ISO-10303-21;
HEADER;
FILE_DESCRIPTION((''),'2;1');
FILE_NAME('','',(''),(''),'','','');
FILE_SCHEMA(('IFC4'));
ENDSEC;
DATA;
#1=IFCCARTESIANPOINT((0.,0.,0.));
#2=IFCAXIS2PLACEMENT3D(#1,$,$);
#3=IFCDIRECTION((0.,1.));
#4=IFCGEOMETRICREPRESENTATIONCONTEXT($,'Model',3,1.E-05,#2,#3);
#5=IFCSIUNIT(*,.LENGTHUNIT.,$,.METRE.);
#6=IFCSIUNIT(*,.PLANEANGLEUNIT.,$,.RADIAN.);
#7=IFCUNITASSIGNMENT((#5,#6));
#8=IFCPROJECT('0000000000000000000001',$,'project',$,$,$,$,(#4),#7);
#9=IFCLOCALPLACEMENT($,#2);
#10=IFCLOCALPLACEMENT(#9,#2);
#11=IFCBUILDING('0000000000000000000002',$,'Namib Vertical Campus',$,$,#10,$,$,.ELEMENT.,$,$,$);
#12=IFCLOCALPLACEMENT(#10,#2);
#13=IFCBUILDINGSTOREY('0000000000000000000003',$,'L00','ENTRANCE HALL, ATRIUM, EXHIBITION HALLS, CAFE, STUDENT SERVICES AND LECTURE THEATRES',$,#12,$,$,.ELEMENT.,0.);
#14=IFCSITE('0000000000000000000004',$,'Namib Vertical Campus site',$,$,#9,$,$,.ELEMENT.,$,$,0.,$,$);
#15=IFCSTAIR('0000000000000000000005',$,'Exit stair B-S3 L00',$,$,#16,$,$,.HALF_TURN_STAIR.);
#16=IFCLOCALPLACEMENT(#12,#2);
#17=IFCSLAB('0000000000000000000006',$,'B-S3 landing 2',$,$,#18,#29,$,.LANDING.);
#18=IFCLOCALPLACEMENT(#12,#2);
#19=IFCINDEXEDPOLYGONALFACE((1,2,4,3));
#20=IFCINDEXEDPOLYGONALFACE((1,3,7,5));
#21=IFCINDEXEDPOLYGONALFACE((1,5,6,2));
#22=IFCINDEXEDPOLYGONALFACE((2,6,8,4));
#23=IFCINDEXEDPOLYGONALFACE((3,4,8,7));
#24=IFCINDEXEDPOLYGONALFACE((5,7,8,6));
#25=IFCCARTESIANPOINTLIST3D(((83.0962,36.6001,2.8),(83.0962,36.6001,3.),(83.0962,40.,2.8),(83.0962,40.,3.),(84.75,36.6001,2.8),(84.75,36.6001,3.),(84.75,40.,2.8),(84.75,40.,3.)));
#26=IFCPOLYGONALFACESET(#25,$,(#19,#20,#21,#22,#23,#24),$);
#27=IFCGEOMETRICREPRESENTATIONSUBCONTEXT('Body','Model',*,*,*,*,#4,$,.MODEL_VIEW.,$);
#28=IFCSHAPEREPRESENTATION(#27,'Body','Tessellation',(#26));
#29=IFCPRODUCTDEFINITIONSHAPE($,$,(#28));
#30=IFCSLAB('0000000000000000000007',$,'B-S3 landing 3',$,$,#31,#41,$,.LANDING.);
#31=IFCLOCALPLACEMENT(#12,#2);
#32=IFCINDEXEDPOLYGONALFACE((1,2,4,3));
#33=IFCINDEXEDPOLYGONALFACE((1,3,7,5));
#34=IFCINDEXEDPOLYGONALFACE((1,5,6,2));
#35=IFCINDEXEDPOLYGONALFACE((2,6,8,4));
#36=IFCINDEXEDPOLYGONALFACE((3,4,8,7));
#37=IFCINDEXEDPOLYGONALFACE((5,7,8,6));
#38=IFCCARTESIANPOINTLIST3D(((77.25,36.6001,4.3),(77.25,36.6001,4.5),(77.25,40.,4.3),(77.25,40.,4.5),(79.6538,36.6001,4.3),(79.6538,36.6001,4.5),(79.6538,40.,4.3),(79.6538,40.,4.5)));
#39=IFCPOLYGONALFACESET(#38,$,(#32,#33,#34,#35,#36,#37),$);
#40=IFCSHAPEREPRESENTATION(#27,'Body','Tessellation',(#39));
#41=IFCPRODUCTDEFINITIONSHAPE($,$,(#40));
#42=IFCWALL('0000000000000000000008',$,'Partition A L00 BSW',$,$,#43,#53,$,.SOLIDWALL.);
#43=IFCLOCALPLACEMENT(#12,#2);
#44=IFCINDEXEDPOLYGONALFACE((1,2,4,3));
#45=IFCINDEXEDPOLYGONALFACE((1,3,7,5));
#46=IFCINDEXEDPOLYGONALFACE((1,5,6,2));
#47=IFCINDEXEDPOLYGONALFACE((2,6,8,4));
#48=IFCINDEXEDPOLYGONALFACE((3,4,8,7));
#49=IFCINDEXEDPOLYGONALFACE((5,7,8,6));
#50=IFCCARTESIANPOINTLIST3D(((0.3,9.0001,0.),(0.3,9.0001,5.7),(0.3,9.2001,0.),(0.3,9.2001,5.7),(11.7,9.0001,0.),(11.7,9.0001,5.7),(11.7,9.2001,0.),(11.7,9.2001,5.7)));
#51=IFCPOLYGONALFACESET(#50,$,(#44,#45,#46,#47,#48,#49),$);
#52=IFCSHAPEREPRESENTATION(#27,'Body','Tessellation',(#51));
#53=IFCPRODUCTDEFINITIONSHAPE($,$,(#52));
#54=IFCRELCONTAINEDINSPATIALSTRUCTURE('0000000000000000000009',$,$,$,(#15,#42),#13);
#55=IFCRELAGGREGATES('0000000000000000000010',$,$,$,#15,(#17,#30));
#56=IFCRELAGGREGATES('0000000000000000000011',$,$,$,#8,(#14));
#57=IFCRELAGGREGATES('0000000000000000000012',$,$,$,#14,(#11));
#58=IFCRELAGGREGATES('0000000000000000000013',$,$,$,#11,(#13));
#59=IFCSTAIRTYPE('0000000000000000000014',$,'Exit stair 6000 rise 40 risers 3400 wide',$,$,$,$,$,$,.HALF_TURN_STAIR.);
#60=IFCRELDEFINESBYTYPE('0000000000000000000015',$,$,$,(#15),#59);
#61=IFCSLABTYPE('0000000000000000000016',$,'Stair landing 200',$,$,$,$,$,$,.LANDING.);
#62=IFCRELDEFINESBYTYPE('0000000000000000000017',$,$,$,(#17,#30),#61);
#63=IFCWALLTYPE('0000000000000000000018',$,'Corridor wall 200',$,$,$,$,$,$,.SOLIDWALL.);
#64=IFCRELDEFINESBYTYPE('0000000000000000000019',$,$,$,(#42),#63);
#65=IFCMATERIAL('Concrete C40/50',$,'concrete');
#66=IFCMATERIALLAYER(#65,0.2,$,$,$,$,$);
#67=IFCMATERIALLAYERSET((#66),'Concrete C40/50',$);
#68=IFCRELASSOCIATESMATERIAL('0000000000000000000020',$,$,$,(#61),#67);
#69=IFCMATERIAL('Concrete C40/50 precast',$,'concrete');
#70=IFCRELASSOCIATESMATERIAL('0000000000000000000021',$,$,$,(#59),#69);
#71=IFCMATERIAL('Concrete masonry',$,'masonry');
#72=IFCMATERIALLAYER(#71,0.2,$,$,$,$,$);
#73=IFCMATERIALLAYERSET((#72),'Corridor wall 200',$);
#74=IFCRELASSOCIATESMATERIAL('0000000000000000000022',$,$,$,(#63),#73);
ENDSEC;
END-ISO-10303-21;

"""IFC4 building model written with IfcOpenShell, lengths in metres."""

from ifc_helpers import new_model, si_unit, direction, frame, frame_2d, origin, place, context, subcontext, project, spatial, polyline, rectangle, outline, extrude, material, layer, layer_set, type_object, element, aggregate, save


model = new_model("IFC4")

# Units and contexts
model_context = context("Model", 3, precision=1e-05, world=origin(), true_north=direction((0.0, 1.0)))
body_context = subcontext(model_context, "Body", "Model", "MODEL_VIEW")
ifc_project = project(units=[si_unit("LENGTHUNIT", "METRE"), si_unit("PLANEANGLEUNIT", "RADIAN")], contexts=[model_context])

# Site, building, storey
site_placement = place(None, origin())
site = spatial("IfcSite", under=ifc_project, at=site_placement, Name="Namib Vertical Campus site", CompositionType="ELEMENT", RefElevation=0.0)
building_placement = place(site_placement, origin())
building = spatial("IfcBuilding", under=site, at=building_placement, Name="Namib Vertical Campus", CompositionType="ELEMENT")
storey_placement = place(building_placement, origin())
storey = spatial("IfcBuildingStorey", under=building, at=storey_placement, Name="L00", Description="ENTRANCE HALL, ATRIUM, EXHIBITION HALLS, CAFE, STUDENT SERVICES AND LECTURE THEATRES", CompositionType="ELEMENT", Elevation=0.0)

# Shared definitions
ifc_material_1 = material(Name="Concrete C40/50", Category="concrete")
ifc_layer_1 = layer(ifc_material_1, 0.2)
ifc_layer_set_1 = layer_set([ifc_layer_1], Name="Concrete C40/50")
slab_type = type_object("IfcSlabType", Name="Stair landing 200", PredefinedType="LANDING", material=ifc_layer_set_1)

# Stair, slabs
ifc_material_2 = material(Name="Concrete C40/50 precast", Category="concrete")
stair_type_1 = type_object("IfcStairType", Name="Exit stair 6000 rise 40 risers 3400 wide", PredefinedType="HALF_TURN_STAIR", material=ifc_material_2)
stair_1_placement = place(storey_placement, origin())
stair_1 = element("IfcStair", 1, at=stair_1_placement, inside=storey, type_object=stair_type_1, Name="Exit stair B-S3 L00", PredefinedType="HALF_TURN_STAIR")
slab_1_placement = place(storey_placement, frame((0.0, 0.0, 2.8)))
slab_1 = element("IfcSlab", 2, at=slab_1_placement, type_object=slab_type, Name="B-S3 landing 2", PredefinedType="LANDING", context=body_context, shape_type="SweptSolid", body=[
    extrude(outline(polyline([(83.0962, 36.6001), (83.0962, 40.0), (84.75, 40.0), (84.75, 36.6001), (83.0962, 36.6001)])), origin(), (0.0, 0.0, 1.0), 0.2),
])
slab_2_placement = place(storey_placement, frame((0.0, 0.0, 4.3)))
slab_2 = element("IfcSlab", 3, at=slab_2_placement, type_object=slab_type, Name="B-S3 landing 3", PredefinedType="LANDING", context=body_context, shape_type="SweptSolid", body=[
    extrude(outline(polyline([(77.25, 36.6001), (77.25, 40.0), (79.6538, 40.0), (79.6538, 36.6001), (77.25, 36.6001)])), origin(), (0.0, 0.0, 1.0), 0.2),
])
aggregate(stair_1, [slab_1, slab_2])

# Wall
ifc_material_3 = material(Name="Concrete masonry", Category="masonry")
ifc_layer_2 = layer(ifc_material_3, 0.2)
ifc_layer_set_2 = layer_set([ifc_layer_2], Name="Corridor wall 200")
wall_type_1 = type_object("IfcWallType", Name="Corridor wall 200", PredefinedType="SOLIDWALL", material=ifc_layer_set_2)
wall_1_placement = place(storey_placement, frame((0.3, 9.1001, 0.0), z_axis=(0.0, 0.0, 1.0), x_axis=(1.0, 0.0, 0.0)))
element("IfcWall", 4, at=wall_1_placement, inside=storey, type_object=wall_type_1, Name="Partition A L00 BSW", PredefinedType="SOLIDWALL", context=body_context, shape_type="SweptSolid", body=[
    extrude(rectangle(XDim=11.3999, YDim=0.2, at=frame_2d((5.7, 0.0))), origin(), (0.0, 0.0, 1.0), 5.7),
])

save(model, "model.ifc")
